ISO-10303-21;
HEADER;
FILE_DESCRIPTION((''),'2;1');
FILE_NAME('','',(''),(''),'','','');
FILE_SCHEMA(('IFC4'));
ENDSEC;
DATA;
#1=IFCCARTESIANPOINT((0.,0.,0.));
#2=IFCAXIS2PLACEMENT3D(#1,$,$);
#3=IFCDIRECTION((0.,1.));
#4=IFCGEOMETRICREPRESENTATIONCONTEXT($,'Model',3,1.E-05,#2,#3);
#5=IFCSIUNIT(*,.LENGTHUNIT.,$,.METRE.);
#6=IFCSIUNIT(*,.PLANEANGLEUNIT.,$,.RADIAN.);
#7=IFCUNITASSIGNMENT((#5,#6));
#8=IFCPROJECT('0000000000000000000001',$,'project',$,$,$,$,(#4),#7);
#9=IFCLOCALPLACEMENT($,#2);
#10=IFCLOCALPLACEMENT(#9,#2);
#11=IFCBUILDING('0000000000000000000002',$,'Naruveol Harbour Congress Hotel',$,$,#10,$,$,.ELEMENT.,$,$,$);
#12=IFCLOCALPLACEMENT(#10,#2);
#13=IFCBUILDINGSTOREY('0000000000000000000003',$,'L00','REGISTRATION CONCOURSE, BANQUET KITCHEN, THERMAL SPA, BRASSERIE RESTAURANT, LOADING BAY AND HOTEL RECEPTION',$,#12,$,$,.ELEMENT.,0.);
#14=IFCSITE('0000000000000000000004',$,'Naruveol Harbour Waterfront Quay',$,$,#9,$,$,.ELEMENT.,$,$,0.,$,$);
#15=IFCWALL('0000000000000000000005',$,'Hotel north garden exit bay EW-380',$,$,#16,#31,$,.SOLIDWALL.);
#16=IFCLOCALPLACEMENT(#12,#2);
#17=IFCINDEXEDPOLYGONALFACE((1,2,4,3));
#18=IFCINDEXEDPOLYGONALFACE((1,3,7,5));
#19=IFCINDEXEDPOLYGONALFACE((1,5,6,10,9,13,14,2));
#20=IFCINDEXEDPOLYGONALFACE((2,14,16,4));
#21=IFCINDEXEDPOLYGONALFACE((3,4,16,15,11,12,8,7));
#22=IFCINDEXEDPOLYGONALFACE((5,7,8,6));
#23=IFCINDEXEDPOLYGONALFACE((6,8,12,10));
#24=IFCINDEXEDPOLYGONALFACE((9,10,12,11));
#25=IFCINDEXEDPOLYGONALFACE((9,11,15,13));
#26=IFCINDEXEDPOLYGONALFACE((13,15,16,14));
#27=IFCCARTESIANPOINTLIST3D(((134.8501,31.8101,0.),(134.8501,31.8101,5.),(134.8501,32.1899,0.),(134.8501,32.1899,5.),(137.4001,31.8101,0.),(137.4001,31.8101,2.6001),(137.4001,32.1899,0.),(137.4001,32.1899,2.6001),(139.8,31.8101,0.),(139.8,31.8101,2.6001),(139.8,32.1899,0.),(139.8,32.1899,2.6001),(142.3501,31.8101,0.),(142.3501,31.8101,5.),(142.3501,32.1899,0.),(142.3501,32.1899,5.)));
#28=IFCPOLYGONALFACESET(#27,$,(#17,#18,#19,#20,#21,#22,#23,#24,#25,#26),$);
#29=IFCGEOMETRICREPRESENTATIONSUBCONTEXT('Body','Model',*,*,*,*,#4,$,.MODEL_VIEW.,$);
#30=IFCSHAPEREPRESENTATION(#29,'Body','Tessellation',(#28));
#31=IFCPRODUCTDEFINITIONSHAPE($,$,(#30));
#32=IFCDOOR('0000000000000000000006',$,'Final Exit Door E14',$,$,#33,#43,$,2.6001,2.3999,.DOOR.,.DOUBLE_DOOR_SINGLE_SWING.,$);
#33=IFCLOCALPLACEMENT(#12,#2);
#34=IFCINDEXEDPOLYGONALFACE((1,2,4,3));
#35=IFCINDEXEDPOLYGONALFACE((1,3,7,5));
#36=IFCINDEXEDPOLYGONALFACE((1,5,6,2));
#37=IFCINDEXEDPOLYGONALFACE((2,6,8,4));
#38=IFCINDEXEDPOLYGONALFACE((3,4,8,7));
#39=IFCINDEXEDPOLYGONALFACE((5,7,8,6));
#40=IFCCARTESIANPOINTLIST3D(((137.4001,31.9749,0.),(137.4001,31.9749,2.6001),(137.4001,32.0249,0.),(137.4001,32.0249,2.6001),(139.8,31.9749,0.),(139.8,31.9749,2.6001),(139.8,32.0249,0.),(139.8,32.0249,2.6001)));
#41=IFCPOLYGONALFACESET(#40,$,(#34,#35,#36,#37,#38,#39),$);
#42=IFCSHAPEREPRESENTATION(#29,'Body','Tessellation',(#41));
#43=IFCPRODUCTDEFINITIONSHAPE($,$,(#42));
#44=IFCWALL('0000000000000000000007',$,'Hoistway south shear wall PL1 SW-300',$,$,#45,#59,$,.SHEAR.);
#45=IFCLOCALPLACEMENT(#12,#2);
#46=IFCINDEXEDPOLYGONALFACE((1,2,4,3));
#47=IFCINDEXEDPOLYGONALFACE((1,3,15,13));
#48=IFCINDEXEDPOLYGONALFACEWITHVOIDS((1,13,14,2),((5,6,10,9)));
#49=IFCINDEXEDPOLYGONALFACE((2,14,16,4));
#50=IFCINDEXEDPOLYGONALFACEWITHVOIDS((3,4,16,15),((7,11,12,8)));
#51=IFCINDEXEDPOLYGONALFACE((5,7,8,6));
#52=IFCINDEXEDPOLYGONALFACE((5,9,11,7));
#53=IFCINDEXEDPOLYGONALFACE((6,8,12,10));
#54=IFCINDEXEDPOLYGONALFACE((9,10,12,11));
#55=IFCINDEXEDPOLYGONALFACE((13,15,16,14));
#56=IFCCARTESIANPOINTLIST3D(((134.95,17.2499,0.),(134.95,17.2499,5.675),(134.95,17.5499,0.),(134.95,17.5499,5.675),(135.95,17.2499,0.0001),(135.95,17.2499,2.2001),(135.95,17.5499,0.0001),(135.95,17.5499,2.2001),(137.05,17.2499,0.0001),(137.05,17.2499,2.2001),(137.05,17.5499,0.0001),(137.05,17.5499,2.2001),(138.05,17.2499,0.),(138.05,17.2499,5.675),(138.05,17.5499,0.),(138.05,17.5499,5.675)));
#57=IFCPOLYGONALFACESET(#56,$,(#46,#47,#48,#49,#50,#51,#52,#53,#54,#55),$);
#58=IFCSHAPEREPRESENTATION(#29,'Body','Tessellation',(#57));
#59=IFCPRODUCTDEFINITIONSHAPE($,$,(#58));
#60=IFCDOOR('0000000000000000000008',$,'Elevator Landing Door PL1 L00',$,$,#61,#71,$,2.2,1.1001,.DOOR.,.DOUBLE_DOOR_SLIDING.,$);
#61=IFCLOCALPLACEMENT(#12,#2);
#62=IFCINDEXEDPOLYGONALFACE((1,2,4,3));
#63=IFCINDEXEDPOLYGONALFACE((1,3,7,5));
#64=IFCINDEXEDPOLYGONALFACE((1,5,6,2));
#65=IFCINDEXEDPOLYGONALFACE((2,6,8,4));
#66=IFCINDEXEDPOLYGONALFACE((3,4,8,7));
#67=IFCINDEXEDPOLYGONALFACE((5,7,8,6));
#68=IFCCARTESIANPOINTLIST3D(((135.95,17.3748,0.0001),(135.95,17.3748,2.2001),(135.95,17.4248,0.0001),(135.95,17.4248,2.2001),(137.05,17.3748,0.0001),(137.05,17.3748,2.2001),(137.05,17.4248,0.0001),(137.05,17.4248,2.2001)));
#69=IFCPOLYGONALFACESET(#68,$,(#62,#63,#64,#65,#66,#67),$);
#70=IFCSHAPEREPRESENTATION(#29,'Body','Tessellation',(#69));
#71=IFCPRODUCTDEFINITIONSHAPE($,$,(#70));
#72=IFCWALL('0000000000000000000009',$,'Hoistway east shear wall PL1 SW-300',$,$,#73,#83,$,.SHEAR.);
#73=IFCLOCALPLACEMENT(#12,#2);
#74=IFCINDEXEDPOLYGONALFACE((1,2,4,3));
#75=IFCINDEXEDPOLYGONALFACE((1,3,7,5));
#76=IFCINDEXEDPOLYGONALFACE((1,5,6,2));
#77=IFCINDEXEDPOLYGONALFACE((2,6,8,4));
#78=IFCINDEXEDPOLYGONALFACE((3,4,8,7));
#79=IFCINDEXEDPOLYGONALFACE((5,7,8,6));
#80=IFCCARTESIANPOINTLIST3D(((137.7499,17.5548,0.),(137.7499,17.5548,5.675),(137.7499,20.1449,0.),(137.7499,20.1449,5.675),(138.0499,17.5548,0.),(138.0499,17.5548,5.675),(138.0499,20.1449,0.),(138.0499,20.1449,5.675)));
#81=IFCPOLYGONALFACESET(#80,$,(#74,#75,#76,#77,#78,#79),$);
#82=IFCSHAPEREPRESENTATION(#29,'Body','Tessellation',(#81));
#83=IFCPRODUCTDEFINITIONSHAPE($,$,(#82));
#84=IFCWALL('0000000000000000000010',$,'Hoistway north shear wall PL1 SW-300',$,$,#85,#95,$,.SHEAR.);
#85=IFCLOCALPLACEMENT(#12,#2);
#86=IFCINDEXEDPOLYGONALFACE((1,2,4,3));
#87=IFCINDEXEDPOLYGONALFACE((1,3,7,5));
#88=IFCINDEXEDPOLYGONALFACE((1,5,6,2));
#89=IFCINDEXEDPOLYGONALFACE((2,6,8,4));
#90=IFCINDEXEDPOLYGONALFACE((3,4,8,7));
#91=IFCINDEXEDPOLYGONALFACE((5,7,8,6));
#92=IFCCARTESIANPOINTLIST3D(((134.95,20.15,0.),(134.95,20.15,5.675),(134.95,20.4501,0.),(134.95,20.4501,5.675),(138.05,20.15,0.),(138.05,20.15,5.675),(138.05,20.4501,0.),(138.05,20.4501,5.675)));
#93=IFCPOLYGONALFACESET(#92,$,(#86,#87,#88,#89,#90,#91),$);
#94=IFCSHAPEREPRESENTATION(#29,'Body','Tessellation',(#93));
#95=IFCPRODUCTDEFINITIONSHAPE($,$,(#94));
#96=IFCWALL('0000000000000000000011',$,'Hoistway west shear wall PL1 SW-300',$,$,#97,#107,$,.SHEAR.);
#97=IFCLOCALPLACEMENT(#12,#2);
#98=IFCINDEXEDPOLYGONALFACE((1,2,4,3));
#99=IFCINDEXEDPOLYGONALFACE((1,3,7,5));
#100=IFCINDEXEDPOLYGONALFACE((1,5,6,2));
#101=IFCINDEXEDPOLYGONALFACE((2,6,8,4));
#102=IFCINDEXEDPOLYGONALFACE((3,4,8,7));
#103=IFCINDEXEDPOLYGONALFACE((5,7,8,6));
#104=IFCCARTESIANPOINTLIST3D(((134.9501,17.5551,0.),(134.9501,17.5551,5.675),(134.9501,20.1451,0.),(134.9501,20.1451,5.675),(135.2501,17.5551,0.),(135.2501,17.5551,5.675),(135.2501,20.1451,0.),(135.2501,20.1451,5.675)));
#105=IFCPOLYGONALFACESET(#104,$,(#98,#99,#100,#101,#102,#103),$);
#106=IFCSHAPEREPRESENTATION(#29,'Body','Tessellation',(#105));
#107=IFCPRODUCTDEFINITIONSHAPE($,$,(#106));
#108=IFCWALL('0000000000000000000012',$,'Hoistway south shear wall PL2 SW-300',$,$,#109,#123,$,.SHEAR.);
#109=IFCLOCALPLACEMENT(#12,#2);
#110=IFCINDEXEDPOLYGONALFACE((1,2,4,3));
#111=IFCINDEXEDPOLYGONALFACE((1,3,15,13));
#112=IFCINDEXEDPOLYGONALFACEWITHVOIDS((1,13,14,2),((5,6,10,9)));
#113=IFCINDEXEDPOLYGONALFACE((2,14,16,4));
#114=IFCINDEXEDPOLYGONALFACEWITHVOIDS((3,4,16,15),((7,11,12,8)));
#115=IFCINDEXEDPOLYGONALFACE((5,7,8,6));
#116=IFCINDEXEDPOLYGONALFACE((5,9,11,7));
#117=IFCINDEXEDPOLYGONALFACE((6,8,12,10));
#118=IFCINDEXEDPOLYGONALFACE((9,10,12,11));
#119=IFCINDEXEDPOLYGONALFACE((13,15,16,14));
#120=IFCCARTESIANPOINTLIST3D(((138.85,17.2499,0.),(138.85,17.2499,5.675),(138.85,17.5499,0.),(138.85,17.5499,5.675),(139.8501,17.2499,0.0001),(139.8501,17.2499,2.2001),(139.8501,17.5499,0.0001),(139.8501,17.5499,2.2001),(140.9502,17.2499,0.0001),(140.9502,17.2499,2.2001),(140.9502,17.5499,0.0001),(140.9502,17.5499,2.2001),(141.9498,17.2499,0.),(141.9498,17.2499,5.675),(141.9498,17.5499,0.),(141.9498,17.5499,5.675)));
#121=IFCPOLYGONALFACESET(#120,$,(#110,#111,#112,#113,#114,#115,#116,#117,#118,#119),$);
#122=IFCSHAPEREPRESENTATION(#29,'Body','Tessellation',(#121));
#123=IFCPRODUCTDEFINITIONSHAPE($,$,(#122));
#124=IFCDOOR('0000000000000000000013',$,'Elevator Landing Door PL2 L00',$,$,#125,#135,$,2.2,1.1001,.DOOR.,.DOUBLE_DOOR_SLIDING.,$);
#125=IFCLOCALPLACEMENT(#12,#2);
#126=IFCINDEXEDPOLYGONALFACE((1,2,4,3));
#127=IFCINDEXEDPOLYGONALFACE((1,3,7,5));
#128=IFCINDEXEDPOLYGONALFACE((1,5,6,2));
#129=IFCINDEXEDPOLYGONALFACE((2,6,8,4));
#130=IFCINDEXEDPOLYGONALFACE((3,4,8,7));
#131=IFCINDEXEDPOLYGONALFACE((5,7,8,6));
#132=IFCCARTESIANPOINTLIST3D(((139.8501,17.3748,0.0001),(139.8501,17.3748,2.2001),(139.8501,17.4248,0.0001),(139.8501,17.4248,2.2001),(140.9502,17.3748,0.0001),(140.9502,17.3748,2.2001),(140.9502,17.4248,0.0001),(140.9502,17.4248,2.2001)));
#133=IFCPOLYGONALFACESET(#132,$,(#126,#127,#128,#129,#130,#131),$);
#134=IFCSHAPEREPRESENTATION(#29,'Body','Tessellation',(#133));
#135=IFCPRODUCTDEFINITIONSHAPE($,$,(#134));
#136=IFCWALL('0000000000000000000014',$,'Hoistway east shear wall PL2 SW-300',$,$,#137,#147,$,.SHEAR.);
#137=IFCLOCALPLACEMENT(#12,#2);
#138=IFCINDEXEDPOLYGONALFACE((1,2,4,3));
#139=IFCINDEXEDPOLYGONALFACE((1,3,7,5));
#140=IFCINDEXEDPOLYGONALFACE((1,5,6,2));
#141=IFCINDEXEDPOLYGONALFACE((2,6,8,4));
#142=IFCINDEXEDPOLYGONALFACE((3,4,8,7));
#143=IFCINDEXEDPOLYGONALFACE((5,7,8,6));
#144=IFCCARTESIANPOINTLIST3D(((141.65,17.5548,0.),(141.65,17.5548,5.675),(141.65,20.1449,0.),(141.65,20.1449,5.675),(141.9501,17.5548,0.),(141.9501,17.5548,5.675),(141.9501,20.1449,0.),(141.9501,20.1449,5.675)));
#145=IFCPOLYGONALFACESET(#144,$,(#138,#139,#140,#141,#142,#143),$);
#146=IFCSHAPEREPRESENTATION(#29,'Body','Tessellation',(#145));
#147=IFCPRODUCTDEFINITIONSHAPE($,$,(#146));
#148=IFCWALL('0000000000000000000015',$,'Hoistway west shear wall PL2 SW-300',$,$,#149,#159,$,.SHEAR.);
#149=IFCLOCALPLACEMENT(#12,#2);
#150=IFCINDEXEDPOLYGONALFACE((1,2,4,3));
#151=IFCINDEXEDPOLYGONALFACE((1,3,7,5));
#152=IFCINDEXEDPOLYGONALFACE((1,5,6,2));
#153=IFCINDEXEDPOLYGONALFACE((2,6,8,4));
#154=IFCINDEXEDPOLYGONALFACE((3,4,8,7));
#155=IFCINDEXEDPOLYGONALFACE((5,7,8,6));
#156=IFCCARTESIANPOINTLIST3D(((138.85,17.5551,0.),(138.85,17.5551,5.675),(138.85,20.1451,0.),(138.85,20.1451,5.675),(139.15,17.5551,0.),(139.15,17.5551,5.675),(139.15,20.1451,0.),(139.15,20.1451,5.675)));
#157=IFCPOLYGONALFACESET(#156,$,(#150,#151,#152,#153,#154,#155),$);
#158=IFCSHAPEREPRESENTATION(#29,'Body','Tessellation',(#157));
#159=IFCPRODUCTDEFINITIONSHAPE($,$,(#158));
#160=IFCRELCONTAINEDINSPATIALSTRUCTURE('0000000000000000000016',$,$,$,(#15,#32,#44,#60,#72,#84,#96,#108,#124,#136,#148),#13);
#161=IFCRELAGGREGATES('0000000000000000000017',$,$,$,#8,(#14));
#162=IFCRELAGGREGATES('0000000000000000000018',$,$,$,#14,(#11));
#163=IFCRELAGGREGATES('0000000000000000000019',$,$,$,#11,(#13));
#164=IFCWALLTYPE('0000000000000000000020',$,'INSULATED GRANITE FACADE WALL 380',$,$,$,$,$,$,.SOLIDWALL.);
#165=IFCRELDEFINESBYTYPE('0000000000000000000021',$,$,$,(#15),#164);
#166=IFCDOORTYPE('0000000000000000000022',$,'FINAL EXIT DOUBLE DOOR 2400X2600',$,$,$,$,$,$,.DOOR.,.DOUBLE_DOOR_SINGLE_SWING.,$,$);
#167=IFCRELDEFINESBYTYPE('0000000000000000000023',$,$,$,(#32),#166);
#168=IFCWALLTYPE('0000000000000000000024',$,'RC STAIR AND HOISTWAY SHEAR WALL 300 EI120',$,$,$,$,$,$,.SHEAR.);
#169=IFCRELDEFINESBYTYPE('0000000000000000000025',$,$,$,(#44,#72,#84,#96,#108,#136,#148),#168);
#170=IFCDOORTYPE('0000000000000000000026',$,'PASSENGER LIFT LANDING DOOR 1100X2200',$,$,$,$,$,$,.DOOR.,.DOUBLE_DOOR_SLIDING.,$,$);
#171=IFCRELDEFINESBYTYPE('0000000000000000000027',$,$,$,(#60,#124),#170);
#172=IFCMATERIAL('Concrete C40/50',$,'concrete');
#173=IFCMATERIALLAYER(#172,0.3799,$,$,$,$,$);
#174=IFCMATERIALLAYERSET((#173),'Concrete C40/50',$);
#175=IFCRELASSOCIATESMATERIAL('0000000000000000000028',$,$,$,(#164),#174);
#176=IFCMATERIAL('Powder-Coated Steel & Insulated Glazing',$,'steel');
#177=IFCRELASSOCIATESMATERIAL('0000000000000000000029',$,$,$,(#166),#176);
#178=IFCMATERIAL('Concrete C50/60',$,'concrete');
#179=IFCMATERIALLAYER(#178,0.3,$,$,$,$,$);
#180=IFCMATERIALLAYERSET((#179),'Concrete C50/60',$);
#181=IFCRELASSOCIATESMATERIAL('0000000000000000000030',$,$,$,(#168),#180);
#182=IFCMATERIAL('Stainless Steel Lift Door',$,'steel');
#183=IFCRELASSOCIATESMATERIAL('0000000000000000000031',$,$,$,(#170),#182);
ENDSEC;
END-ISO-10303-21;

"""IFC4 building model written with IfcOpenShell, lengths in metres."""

from ifc_helpers import new_model, si_unit, direction, frame, frame_2d, origin, place, context, subcontext, project, spatial, rectangle, extrude, material, layer, layer_set, type_object, element, fill, save


model = new_model("IFC4")

# Units and contexts
model_context = context("Model", 3, precision=1e-05, world=origin(), true_north=direction((0.0, 1.0)))
body_context = subcontext(model_context, "Body", "Model", "MODEL_VIEW")
ifc_project = project(units=[si_unit("LENGTHUNIT", "METRE"), si_unit("PLANEANGLEUNIT", "RADIAN")], contexts=[model_context])

# Site, building, storey
site_placement = place(None, origin())
site = spatial("IfcSite", under=ifc_project, at=site_placement, Name="Naruveol Harbour Waterfront Quay", CompositionType="ELEMENT", RefElevation=0.0)
building_placement = place(site_placement, origin())
building = spatial("IfcBuilding", under=site, at=building_placement, Name="Naruveol Harbour Congress Hotel", CompositionType="ELEMENT")
storey_placement = place(building_placement, origin())
storey = spatial("IfcBuildingStorey", under=building, at=storey_placement, Name="L00", Description="REGISTRATION CONCOURSE, BANQUET KITCHEN, THERMAL SPA, BRASSERIE RESTAURANT, LOADING BAY AND HOTEL RECEPTION", CompositionType="ELEMENT", Elevation=0.0)

# Walls, openings, doors
ifc_material_1 = material(Name="Concrete C40/50", Category="concrete")
ifc_layer_1 = layer(ifc_material_1, 0.3799)
ifc_layer_set_1 = layer_set([ifc_layer_1], Name="Concrete C40/50")
wall_type_1 = type_object("IfcWallType", Name="INSULATED GRANITE FACADE WALL 380", PredefinedType="SOLIDWALL", material=ifc_layer_set_1)
wall_1_placement = place(storey_placement, frame((134.8501, 32.0, 0.0), z_axis=(0.0, 0.0, 1.0), x_axis=(1.0, 0.0, 0.0)))
wall_1 = element("IfcWall", 1, at=wall_1_placement, inside=storey, type_object=wall_type_1, Name="Hotel north garden exit bay EW-380", PredefinedType="SOLIDWALL", context=body_context, shape_type="SweptSolid", body=[
    extrude(rectangle(XDim=7.5, YDim=0.3799, at=frame_2d((3.75, 0.0))), origin(), (0.0, 0.0, 1.0), 5.0),
])
opening_1_placement = place(wall_1_placement, frame((2.55, 0.0, 0.0)))
opening_1 = element("IfcOpeningElement", 2, at=opening_1_placement, cuts=wall_1, PredefinedType="OPENING", context=body_context, shape_type="SweptSolid", body=[
    extrude(rectangle(XDim=2.3999, YDim=2.6001, at=frame_2d((1.2, 1.3))), frame((0.0, 0.2, 0.0), z_axis=(0.0, -1.0, 0.0), x_axis=(1.0, 0.0, 0.0)), (0.0, 0.0, 1.0), 0.3999),
])
ifc_material_2 = material(Name="Powder-Coated Steel & Insulated Glazing", Category="steel")
door_type_1 = type_object("IfcDoorType", Name="FINAL EXIT DOUBLE DOOR 2400X2600", OperationType="DOUBLE_DOOR_SINGLE_SWING", PredefinedType="DOOR", material=ifc_material_2)
door_1_placement = place(opening_1_placement, origin())
door_1 = element("IfcDoor", 3, at=door_1_placement, inside=storey, type_object=door_type_1, Name="Final Exit Door E14", OperationType="DOUBLE_DOOR_SINGLE_SWING", OverallHeight=2.6001, OverallWidth=2.3999, PredefinedType="DOOR", context=body_context, shape_type="SweptSolid", body=[
    extrude(rectangle(XDim=2.3999, YDim=2.6001, at=frame_2d((1.2, 1.3))), frame((0.0, 0.0249, 0.0), z_axis=(0.0, -1.0, 0.0), x_axis=(1.0, 0.0, 0.0)), (0.0, 0.0, 1.0), 0.05),
])
fill(opening_1, door_1)
ifc_material_3 = material(Name="Concrete C50/60", Category="concrete")
ifc_layer_2 = layer(ifc_material_3, 0.3)
ifc_layer_set_2 = layer_set([ifc_layer_2], Name="Concrete C50/60")
wall_type_2 = type_object("IfcWallType", Name="RC STAIR AND HOISTWAY SHEAR WALL 300 EI120", PredefinedType="SHEAR", material=ifc_layer_set_2)
wall_2_placement = place(storey_placement, frame((134.95, 17.3999, 0.0), z_axis=(0.0, 0.0, 1.0), x_axis=(1.0, 0.0, 0.0)))
wall_2 = element("IfcWall", 4, at=wall_2_placement, inside=storey, type_object=wall_type_2, Name="Hoistway south shear wall PL1 SW-300", PredefinedType="SHEAR", context=body_context, shape_type="SweptSolid", body=[
    extrude(rectangle(XDim=3.1001, YDim=0.3, at=frame_2d((1.55, 0.0))), origin(), (0.0, 0.0, 1.0), 5.675),
])
opening_2_placement = place(wall_2_placement, frame((1.0, 0.0, 0.0)))
opening_2 = element("IfcOpeningElement", 5, at=opening_2_placement, cuts=wall_2, PredefinedType="OPENING", context=body_context, shape_type="SweptSolid", body=[
    extrude(rectangle(XDim=1.1001, YDim=2.2, at=frame_2d((0.55, 1.1001))), frame((0.0, 0.1599, 0.0), z_axis=(0.0, -1.0, 0.0), x_axis=(1.0, 0.0, 0.0)), (0.0, 0.0, 1.0), 0.3201),
])
ifc_material_4 = material(Name="Stainless Steel Lift Door", Category="steel")
door_type_2 = type_object("IfcDoorType", Name="PASSENGER LIFT LANDING DOOR 1100X2200", OperationType="DOUBLE_DOOR_SLIDING", PredefinedType="DOOR", material=ifc_material_4)
door_2_placement = place(opening_2_placement, origin())
door_2 = element("IfcDoor", 6, at=door_2_placement, inside=storey, type_object=door_type_2, Name="Elevator Landing Door PL1 L00", OperationType="DOUBLE_DOOR_SLIDING", OverallHeight=2.2, OverallWidth=1.1001, PredefinedType="DOOR", context=body_context, shape_type="SweptSolid", body=[
    extrude(rectangle(XDim=1.1001, YDim=2.2, at=frame_2d((0.55, 1.1001))), frame((0.0, 0.0249, 0.0), z_axis=(0.0, -1.0, 0.0), x_axis=(1.0, 0.0, 0.0)), (0.0, 0.0, 1.0), 0.05),
])
fill(opening_2, door_2)

# Walls
wall_3_placement = place(storey_placement, frame((137.8999, 17.5549, 0.0), z_axis=(0.0, 0.0, 1.0), x_axis=(0.0, 1.0, 0.0)))
element("IfcWall", 7, at=wall_3_placement, inside=storey, type_object=wall_type_2, Name="Hoistway east shear wall PL1 SW-300", PredefinedType="SHEAR", context=body_context, shape_type="SweptSolid", body=[
    extrude(rectangle(XDim=2.5901, YDim=0.3, at=frame_2d((1.2949, 0.0))), origin(), (0.0, 0.0, 1.0), 5.675),
])
wall_4_placement = place(storey_placement, frame((138.05, 20.3, 0.0), z_axis=(0.0, 0.0, 1.0), x_axis=(-1.0, 0.0, 0.0)))
element("IfcWall", 8, at=wall_4_placement, inside=storey, type_object=wall_type_2, Name="Hoistway north shear wall PL1 SW-300", PredefinedType="SHEAR", context=body_context, shape_type="SweptSolid", body=[
    extrude(rectangle(XDim=3.1001, YDim=0.3, at=frame_2d((1.55, 0.0))), origin(), (0.0, 0.0, 1.0), 5.675),
])
wall_5_placement = place(storey_placement, frame((135.1001, 20.145, 0.0), z_axis=(0.0, 0.0, 1.0), x_axis=(0.0, -1.0, 0.0)))
element("IfcWall", 9, at=wall_5_placement, inside=storey, type_object=wall_type_2, Name="Hoistway west shear wall PL1 SW-300", PredefinedType="SHEAR", context=body_context, shape_type="SweptSolid", body=[
    extrude(rectangle(XDim=2.5901, YDim=0.3, at=frame_2d((1.2949, 0.0))), origin(), (0.0, 0.0, 1.0), 5.675),
])

# Wall, opening, door
wall_6_placement = place(storey_placement, frame((138.8501, 17.3999, 0.0), z_axis=(0.0, 0.0, 1.0), x_axis=(1.0, 0.0, 0.0)))
wall_6 = element("IfcWall", 10, at=wall_6_placement, inside=storey, type_object=wall_type_2, Name="Hoistway south shear wall PL2 SW-300", PredefinedType="SHEAR", context=body_context, shape_type="SweptSolid", body=[
    extrude(rectangle(XDim=3.0999, YDim=0.3, at=frame_2d((1.5498, 0.0))), origin(), (0.0, 0.0, 1.0), 5.675),
])
opening_3_placement = place(wall_6_placement, frame((1.0, 0.0, 0.0)))
opening_3 = element("IfcOpeningElement", 11, at=opening_3_placement, cuts=wall_6, PredefinedType="OPENING", context=body_context, shape_type="SweptSolid", body=[
    extrude(rectangle(XDim=1.1001, YDim=2.2, at=frame_2d((0.55, 1.1001))), frame((0.0, 0.1599, 0.0), z_axis=(0.0, -1.0, 0.0), x_axis=(1.0, 0.0, 0.0)), (0.0, 0.0, 1.0), 0.3201),
])
door_3_placement = place(opening_3_placement, origin())
door_3 = element("IfcDoor", 12, at=door_3_placement, inside=storey, type_object=door_type_2, Name="Elevator Landing Door PL2 L00", OperationType="DOUBLE_DOOR_SLIDING", OverallHeight=2.2, OverallWidth=1.1001, PredefinedType="DOOR", context=body_context, shape_type="SweptSolid", body=[
    extrude(rectangle(XDim=1.1001, YDim=2.2, at=frame_2d((0.55, 1.1001))), frame((0.0, 0.0249, 0.0), z_axis=(0.0, -1.0, 0.0), x_axis=(1.0, 0.0, 0.0)), (0.0, 0.0, 1.0), 0.05),
])
fill(opening_3, door_3)

# Walls
for number, where, z_axis, x_axis, name in (
    (13, (141.8, 17.5549, 0.0), (0.0, 0.0, 1.0), (0.0, 1.0, 0.0), "Hoistway east shear wall PL2 SW-300"),
    (14, (139.0, 20.145, 0.0), (0.0, 0.0, 1.0), (0.0, -1.0, 0.0), "Hoistway west shear wall PL2 SW-300"),
):
    element("IfcWall", number, at=place(storey_placement, frame(where, z_axis=z_axis, x_axis=x_axis)), inside=storey, type_object=wall_type_2, Name=name, PredefinedType="SHEAR", context=body_context, shape_type="SweptSolid", body=[
        extrude(rectangle(XDim=2.5901, YDim=0.3, at=frame_2d((1.2949, 0.0))), origin(), (0.0, 0.0, 1.0), 5.675),
    ])

save(model, "model.ifc")
